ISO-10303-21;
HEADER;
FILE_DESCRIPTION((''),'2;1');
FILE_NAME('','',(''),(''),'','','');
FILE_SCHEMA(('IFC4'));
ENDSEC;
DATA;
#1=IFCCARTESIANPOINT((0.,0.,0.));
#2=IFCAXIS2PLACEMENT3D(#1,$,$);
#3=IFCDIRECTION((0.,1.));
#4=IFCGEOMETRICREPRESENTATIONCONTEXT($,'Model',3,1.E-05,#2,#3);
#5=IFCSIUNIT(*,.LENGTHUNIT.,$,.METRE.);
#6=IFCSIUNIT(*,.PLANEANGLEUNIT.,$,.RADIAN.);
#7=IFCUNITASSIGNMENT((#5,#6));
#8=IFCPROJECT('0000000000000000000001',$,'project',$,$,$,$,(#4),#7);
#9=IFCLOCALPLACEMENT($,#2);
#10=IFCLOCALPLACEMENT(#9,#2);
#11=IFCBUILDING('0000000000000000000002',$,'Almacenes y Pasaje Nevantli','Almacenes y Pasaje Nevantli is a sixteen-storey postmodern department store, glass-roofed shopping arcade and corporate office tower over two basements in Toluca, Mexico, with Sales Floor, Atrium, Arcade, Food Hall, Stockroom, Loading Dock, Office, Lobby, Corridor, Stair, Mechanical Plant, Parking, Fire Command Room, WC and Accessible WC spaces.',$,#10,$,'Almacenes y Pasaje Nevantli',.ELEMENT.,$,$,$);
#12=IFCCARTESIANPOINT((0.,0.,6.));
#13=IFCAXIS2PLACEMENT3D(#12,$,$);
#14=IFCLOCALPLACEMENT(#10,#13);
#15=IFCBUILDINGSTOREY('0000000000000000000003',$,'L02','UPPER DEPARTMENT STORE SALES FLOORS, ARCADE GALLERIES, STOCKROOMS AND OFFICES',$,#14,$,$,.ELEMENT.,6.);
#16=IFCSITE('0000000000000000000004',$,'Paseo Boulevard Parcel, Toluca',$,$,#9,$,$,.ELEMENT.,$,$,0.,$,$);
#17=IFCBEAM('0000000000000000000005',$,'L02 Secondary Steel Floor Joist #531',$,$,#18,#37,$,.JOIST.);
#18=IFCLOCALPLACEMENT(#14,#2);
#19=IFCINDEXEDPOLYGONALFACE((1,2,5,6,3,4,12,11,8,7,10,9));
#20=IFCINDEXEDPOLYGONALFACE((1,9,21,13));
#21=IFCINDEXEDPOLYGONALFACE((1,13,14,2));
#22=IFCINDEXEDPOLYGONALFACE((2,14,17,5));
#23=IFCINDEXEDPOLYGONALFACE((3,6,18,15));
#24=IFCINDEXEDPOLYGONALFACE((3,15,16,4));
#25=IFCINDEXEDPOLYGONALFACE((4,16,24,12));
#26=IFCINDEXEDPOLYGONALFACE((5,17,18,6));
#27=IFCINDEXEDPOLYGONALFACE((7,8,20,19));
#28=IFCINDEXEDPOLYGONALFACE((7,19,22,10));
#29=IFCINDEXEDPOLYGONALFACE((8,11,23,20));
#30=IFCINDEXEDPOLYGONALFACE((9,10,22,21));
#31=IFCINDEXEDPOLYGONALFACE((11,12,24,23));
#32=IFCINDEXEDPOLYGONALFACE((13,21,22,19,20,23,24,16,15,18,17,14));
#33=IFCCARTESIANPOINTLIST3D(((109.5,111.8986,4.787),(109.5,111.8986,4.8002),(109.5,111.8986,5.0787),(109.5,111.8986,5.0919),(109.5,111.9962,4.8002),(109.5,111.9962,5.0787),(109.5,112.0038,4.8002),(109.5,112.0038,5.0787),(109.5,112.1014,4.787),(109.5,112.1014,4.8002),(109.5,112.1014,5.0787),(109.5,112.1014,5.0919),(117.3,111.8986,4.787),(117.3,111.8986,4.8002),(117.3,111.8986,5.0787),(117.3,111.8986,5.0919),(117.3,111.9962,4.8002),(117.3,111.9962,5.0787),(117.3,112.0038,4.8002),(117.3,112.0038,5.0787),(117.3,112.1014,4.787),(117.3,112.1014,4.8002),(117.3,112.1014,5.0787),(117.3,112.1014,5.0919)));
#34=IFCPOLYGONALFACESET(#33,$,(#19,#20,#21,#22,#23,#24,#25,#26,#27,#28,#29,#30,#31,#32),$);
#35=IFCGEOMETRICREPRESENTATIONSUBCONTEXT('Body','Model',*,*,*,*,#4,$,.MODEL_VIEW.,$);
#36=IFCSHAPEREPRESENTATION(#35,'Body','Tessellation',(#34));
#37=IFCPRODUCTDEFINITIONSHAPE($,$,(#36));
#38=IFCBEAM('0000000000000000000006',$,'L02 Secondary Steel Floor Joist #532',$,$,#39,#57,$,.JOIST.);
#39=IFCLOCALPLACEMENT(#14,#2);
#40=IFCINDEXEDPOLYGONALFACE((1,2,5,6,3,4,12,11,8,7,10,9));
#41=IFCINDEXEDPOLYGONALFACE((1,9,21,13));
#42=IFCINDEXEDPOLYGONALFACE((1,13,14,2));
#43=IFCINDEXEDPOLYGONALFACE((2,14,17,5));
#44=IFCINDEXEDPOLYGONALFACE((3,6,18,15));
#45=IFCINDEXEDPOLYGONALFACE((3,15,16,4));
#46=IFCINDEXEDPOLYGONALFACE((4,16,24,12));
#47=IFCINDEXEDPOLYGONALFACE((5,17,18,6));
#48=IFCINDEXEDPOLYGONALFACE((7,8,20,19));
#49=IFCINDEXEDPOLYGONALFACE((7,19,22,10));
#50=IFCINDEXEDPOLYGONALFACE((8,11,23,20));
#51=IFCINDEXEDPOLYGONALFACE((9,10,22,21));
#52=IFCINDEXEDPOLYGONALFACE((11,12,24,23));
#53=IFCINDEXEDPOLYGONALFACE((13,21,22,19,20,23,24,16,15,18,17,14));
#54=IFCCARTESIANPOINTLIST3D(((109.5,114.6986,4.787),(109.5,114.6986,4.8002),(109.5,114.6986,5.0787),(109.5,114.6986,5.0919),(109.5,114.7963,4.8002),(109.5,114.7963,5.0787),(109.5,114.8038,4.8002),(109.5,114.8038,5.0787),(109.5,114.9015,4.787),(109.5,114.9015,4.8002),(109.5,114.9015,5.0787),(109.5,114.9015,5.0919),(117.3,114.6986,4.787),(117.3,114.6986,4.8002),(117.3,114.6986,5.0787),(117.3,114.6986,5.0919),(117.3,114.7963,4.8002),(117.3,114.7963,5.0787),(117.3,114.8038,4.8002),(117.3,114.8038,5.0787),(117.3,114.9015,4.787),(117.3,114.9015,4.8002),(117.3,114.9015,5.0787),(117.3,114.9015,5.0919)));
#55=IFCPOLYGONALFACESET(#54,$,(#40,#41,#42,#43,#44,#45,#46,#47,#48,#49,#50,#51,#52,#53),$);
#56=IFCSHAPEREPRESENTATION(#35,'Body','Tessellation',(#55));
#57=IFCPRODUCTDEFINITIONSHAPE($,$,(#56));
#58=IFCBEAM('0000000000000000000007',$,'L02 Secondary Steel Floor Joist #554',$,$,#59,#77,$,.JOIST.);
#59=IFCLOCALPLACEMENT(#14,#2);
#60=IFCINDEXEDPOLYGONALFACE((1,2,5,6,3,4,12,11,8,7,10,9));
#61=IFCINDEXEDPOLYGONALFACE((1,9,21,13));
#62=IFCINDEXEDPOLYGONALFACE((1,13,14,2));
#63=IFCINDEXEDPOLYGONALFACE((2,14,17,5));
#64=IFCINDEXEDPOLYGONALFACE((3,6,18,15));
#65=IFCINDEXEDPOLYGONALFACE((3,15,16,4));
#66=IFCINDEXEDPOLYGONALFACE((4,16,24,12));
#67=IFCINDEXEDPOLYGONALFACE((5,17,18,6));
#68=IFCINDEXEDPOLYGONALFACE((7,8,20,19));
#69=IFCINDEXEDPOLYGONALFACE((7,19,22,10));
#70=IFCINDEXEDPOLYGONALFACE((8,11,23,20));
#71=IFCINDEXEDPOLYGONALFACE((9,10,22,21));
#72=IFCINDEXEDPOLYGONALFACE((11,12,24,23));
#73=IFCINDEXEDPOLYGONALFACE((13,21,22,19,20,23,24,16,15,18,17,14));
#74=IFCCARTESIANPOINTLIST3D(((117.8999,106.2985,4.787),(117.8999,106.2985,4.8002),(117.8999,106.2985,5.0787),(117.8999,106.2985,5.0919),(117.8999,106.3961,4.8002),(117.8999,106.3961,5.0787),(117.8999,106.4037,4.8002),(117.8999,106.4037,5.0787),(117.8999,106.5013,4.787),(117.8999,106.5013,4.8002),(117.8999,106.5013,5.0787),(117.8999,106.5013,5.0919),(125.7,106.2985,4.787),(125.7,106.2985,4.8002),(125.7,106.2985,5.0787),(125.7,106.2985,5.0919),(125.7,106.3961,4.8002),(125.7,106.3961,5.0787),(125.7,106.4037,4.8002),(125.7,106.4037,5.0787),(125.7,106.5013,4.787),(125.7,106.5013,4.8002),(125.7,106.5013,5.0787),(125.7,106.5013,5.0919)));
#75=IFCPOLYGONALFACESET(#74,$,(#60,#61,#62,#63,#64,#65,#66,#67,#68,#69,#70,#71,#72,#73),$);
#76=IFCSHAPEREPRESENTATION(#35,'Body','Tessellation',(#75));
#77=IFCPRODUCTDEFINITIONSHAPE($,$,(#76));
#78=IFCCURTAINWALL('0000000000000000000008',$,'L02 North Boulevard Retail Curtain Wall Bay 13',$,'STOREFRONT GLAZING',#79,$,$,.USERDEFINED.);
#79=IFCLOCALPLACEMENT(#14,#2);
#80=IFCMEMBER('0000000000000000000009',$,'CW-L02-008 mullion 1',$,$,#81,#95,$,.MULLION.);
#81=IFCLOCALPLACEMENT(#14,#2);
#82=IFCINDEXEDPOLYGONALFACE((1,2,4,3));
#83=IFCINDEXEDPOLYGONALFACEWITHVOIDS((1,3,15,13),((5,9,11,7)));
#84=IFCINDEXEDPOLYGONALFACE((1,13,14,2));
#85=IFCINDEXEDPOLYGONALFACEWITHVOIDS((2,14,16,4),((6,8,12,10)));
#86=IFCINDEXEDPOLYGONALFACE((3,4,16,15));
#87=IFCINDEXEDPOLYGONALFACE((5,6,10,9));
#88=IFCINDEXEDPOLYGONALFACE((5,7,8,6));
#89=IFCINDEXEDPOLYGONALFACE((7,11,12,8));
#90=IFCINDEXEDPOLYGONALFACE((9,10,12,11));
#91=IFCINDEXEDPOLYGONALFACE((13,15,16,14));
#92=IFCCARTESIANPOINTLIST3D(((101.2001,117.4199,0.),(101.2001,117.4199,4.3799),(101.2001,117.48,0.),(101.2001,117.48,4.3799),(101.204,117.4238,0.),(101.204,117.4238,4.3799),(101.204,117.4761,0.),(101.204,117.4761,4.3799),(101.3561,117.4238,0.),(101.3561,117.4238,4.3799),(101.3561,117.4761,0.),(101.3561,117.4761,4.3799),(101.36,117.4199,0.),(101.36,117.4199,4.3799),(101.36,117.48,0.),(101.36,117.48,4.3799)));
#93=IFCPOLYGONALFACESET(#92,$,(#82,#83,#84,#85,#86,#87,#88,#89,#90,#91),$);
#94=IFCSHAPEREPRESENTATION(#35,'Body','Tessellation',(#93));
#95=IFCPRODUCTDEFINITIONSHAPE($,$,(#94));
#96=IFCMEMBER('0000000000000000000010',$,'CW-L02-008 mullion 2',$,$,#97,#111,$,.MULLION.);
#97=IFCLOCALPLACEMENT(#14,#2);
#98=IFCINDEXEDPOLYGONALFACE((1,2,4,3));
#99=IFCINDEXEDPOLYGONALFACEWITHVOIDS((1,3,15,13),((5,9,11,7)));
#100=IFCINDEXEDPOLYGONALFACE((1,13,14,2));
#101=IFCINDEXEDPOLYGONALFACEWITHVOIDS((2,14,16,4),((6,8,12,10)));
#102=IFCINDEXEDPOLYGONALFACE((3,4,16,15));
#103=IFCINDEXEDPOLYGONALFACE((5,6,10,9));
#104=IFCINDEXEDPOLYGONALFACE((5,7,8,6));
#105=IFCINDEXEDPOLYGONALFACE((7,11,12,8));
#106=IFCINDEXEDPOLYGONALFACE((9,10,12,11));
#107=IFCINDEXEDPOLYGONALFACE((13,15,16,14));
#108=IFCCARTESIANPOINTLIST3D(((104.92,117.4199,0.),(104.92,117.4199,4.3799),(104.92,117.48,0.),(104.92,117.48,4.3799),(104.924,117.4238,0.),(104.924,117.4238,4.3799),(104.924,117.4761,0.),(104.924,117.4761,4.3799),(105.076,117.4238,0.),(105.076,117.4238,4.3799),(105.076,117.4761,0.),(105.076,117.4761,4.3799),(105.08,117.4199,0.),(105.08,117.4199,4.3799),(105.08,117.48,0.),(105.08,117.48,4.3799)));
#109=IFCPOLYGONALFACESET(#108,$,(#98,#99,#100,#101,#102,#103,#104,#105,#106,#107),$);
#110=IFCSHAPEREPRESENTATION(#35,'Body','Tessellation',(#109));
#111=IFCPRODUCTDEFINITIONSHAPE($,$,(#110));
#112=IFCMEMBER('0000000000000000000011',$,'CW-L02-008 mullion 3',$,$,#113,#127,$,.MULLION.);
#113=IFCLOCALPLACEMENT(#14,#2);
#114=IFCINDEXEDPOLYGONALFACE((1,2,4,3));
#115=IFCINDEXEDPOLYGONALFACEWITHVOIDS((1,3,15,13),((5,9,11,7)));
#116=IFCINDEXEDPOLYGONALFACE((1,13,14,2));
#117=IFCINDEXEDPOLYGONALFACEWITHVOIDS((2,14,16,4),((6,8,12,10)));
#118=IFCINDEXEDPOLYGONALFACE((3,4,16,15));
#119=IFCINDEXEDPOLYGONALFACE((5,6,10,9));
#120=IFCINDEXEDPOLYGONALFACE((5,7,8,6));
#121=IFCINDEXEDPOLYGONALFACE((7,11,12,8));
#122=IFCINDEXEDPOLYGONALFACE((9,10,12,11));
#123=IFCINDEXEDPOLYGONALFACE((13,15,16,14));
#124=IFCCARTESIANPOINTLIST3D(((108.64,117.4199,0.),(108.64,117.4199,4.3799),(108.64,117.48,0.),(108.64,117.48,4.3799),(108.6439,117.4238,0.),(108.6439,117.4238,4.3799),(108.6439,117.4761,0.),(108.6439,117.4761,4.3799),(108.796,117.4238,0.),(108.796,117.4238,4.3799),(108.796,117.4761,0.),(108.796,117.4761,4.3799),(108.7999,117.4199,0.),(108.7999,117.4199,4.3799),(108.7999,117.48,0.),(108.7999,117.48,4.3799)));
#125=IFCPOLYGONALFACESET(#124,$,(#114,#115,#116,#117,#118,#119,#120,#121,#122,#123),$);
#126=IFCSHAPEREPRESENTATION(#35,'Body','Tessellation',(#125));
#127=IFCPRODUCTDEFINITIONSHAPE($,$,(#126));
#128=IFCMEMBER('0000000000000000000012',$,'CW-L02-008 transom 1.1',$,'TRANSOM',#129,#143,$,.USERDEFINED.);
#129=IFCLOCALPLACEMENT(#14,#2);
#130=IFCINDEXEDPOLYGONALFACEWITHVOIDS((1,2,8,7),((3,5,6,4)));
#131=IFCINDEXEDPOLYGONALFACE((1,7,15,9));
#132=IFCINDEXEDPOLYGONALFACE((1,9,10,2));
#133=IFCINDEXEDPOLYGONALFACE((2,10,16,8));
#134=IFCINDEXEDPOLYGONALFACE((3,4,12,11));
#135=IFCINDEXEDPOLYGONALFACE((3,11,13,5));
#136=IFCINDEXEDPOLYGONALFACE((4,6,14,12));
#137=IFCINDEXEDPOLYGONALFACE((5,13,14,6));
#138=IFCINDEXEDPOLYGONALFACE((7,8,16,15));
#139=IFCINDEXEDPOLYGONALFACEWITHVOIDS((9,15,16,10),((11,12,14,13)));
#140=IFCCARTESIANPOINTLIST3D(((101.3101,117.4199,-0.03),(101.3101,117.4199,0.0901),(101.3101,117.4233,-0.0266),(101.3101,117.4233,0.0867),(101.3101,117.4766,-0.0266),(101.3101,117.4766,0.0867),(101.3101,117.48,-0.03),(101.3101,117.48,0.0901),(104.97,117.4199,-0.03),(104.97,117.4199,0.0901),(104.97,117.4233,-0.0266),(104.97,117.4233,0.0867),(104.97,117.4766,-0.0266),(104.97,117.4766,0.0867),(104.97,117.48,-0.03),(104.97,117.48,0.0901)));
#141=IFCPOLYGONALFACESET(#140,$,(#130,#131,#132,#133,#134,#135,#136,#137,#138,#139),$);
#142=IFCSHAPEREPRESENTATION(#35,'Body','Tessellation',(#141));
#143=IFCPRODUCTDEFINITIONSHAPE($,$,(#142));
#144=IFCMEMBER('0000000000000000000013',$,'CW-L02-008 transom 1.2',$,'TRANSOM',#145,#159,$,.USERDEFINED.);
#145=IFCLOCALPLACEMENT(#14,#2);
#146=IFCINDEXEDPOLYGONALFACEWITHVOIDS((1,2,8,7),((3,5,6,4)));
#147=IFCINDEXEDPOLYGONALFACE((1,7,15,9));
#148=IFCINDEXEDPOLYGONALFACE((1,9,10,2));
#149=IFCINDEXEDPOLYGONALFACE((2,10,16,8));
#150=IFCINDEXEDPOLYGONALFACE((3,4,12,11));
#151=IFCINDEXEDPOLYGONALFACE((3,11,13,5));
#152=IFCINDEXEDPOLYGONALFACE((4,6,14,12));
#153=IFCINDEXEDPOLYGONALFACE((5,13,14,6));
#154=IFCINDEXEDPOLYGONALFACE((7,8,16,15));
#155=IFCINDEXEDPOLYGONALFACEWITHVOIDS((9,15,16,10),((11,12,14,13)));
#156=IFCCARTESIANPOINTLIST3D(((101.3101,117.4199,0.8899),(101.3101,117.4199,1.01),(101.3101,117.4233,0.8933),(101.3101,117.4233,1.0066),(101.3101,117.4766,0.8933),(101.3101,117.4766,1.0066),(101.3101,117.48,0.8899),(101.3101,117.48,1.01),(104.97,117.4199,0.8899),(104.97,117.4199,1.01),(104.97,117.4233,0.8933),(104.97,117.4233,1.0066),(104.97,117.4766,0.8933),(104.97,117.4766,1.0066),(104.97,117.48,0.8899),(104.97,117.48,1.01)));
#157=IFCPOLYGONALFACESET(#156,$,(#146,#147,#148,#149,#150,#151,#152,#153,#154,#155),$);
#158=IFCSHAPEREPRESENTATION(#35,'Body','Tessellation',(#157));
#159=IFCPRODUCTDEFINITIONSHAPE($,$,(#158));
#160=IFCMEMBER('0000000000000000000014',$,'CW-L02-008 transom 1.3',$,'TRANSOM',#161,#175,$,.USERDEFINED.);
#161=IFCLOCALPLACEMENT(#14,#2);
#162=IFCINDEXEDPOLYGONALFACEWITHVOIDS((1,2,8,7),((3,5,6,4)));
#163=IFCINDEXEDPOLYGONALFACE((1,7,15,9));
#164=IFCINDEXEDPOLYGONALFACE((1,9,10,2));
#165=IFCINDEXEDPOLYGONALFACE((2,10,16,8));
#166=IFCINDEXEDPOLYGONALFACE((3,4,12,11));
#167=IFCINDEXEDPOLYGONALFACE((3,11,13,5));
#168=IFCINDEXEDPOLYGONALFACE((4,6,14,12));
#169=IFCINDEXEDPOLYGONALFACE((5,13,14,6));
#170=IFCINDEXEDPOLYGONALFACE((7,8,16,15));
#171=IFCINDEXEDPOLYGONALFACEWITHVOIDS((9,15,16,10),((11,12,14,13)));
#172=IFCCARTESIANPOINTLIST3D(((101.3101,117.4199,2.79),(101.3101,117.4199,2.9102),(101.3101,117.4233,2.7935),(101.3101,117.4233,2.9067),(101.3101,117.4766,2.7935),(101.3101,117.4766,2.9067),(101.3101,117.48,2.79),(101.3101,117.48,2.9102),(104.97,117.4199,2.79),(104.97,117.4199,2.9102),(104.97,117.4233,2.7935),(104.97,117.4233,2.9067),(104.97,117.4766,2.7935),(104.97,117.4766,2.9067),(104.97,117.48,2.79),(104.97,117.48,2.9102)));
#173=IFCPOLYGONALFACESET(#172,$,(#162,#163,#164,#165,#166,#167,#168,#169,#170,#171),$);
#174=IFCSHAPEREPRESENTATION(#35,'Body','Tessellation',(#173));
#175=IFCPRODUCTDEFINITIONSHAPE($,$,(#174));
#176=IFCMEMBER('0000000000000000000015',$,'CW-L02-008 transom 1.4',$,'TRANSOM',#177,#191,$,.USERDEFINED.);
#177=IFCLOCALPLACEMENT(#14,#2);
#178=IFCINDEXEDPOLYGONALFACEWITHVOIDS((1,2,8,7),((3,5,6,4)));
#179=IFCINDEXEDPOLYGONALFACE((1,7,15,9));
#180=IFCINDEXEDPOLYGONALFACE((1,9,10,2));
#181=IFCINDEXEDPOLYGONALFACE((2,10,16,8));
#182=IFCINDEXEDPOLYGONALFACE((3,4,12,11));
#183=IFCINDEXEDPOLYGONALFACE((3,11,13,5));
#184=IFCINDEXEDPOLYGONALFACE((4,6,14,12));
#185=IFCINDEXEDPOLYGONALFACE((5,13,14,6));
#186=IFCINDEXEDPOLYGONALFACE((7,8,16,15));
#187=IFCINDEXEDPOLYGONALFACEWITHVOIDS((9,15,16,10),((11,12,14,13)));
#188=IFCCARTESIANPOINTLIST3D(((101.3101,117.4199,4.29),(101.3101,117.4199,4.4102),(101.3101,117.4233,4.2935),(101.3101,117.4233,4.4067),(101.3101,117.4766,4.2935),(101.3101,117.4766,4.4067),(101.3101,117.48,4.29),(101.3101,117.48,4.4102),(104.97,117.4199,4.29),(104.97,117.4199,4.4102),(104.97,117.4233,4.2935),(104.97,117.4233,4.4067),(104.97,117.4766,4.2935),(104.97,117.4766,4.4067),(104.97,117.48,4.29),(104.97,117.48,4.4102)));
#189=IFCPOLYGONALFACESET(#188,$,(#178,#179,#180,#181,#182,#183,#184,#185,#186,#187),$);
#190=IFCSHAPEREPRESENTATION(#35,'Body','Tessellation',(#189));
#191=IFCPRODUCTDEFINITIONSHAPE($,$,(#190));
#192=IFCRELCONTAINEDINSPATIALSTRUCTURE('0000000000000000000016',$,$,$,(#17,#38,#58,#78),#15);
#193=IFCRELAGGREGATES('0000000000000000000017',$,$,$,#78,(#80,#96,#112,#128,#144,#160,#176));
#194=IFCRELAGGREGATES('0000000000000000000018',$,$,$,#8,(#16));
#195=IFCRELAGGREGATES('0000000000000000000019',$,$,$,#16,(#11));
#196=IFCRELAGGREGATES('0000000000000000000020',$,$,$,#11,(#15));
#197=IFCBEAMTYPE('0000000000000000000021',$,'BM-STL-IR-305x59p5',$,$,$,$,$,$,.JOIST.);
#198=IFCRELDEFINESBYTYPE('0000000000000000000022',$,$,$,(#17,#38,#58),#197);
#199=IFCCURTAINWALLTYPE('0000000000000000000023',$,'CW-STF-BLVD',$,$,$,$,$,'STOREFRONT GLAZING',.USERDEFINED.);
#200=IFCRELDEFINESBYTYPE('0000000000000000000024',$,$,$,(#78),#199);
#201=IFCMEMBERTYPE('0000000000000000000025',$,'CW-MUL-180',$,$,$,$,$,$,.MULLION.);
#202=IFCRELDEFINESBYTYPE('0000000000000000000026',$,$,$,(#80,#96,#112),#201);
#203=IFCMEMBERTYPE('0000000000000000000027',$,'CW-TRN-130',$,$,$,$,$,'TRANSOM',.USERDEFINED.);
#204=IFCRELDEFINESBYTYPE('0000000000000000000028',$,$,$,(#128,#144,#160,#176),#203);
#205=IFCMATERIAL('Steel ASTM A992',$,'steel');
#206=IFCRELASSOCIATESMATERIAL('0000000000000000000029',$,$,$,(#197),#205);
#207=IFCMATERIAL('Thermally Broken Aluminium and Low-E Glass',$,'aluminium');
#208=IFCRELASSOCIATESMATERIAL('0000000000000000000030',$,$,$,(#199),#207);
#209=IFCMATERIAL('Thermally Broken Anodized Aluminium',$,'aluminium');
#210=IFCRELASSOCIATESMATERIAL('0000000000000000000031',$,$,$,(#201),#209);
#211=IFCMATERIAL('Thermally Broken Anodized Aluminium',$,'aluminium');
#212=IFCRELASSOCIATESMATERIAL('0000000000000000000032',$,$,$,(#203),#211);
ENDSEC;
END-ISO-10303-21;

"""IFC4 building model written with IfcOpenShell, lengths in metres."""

from ifc_helpers import new_model, si_unit, direction, frame, origin, origin_2d, place, context, subcontext, project, spatial, hollow_rectangle, i_section, extrude, material, material_profile, profile_set, type_object, element, aggregate, save


model = new_model("IFC4")

# Units and contexts
model_context = context("Model", 3, precision=1e-05, world=origin(), true_north=direction((0.0, 1.0)))
body_context = subcontext(model_context, "Body", "Model", "MODEL_VIEW")
ifc_project = project(units=[si_unit("LENGTHUNIT", "METRE"), si_unit("PLANEANGLEUNIT", "RADIAN")], contexts=[model_context])

# Site, building, storey
site_placement = place(None, origin())
site = spatial("IfcSite", under=ifc_project, at=site_placement, Name="Paseo Boulevard Parcel, Toluca", CompositionType="ELEMENT", RefElevation=0.0)
building_placement = place(site_placement, origin())
building = spatial("IfcBuilding", under=site, at=building_placement, Name="Almacenes y Pasaje Nevantli", Description="Almacenes y Pasaje Nevantli is a sixteen-storey postmodern department store, glass-roofed shopping arcade and corporate office tower over two basements in Toluca, Mexico, with Sales Floor, Atrium, Arcade, Food Hall, Stockroom, Loading Dock, Office, Lobby, Corridor, Stair, Mechanical Plant, Parking, Fire Command Room, WC and Accessible WC spaces.", LongName="Almacenes y Pasaje Nevantli", CompositionType="ELEMENT")
storey_placement = place(building_placement, frame((0.0, 0.0, 6.0)))
storey = spatial("IfcBuildingStorey", under=building, at=storey_placement, Name="L02", Description="UPPER DEPARTMENT STORE SALES FLOORS, ARCADE GALLERIES, STOCKROOMS AND OFFICES", CompositionType="ELEMENT", Elevation=6.0)

# Beams
ifc_material_1 = material(Name="Steel ASTM A992", Category="steel")
ifc_material_profile_1 = material_profile(ifc_material_1, i_section(OverallWidth=0.2029, OverallDepth=0.3049, WebThickness=0.0076, FlangeThickness=0.0132, at=origin_2d()), Name="IR 305x59.5")
ifc_profile_set_1 = profile_set([ifc_material_profile_1], Name="Steel ASTM A992")
beam_type_1 = type_object("IfcBeamType", Name="BM-STL-IR-305x59p5", PredefinedType="JOIST", material=ifc_profile_set_1)
for number, where, z_axis, x_axis, name in (
    (1, (109.5, 112.0, 4.9395), (1.0, 0.0, 0.0), (0.0, 1.0, 0.0), "L02 Secondary Steel Floor Joist #531"),
    (2, (109.5, 114.8, 4.9395), (1.0, 0.0, 0.0), (0.0, 1.0, 0.0), "L02 Secondary Steel Floor Joist #532"),
    (3, (117.8999, 106.3999, 4.9395), (1.0, 0.0, 0.0), (0.0, 1.0, 0.0), "L02 Secondary Steel Floor Joist #554"),
):
    element("IfcBeam", number, at=place(storey_placement, frame(where, z_axis=z_axis, x_axis=x_axis)), inside=storey, type_object=beam_type_1, Name=name, PredefinedType="JOIST", context=body_context, shape_type="SweptSolid", body=[
        extrude(i_section(OverallWidth=0.2029, OverallDepth=0.3049, WebThickness=0.0076, FlangeThickness=0.0132, at=origin_2d()), origin(), (0.0, 0.0, 1.0), 7.8),
    ])

# Curtain wall, members
ifc_material_2 = material(Name="Thermally Broken Aluminium and Low-E Glass", Category="aluminium")
curtain_wall_type = type_object("IfcCurtainWallType", Name="CW-STF-BLVD", ElementType="STOREFRONT GLAZING", PredefinedType="USERDEFINED", material=ifc_material_2)
curtain_wall_placement = place(storey_placement, origin())
curtain_wall = element("IfcCurtainWall", 4, at=curtain_wall_placement, inside=storey, type_object=curtain_wall_type, Name="L02 North Boulevard Retail Curtain Wall Bay 13", ObjectType="STOREFRONT GLAZING", PredefinedType="USERDEFINED")
ifc_material_3 = material(Name="Thermally Broken Anodized Aluminium", Category="aluminium")
ifc_material_profile_2 = material_profile(ifc_material_3, hollow_rectangle(XDim=0.0601, YDim=0.1599, WallThickness=0.0039, at=origin_2d()), Name="ALU-MUL-60x160")
ifc_profile_set_2 = profile_set([ifc_material_profile_2], Name="Thermally Broken Anodized Aluminium")
member_type_1 = type_object("IfcMemberType", Name="CW-MUL-180", PredefinedType="MULLION", material=ifc_profile_set_2)
member_1_placement = place(storey_placement, frame((101.28, 117.45, 0.0), z_axis=(0.0, 0.0, 1.0), x_axis=(0.0, 1.0, 0.0)))
member_1 = element("IfcMember", 5, at=member_1_placement, type_object=member_type_1, Name="CW-L02-008 mullion 1", PredefinedType="MULLION", context=body_context, shape_type="SweptSolid", body=[
    extrude(hollow_rectangle(XDim=0.0601, YDim=0.1599, WallThickness=0.0039, at=origin_2d()), origin(), (0.0, 0.0, 1.0), 4.3799),
])
member_2_placement = place(storey_placement, frame((105.0, 117.45, 0.0), z_axis=(0.0, 0.0, 1.0), x_axis=(0.0, 1.0, 0.0)))
member_2 = element("IfcMember", 6, at=member_2_placement, type_object=member_type_1, Name="CW-L02-008 mullion 2", PredefinedType="MULLION", context=body_context, shape_type="SweptSolid", body=[
    extrude(hollow_rectangle(XDim=0.0601, YDim=0.1599, WallThickness=0.0039, at=origin_2d()), origin(), (0.0, 0.0, 1.0), 4.3799),
])
member_3_placement = place(storey_placement, frame((108.72, 117.45, 0.0), z_axis=(0.0, 0.0, 1.0), x_axis=(0.0, 1.0, 0.0)))
member_3 = element("IfcMember", 7, at=member_3_placement, type_object=member_type_1, Name="CW-L02-008 mullion 3", PredefinedType="MULLION", context=body_context, shape_type="SweptSolid", body=[
    extrude(hollow_rectangle(XDim=0.0601, YDim=0.1599, WallThickness=0.0039, at=origin_2d()), origin(), (0.0, 0.0, 1.0), 4.3799),
])
ifc_material_4 = material(Name="Thermally Broken Anodized Aluminium", Category="aluminium")
ifc_material_profile_3 = material_profile(ifc_material_4, hollow_rectangle(XDim=0.0601, YDim=0.1201, WallThickness=0.0034, at=origin_2d()), Name="ALU-TRN-60x120")
ifc_profile_set_3 = profile_set([ifc_material_profile_3], Name="Thermally Broken Anodized Aluminium")
member_type_2 = type_object("IfcMemberType", Name="CW-TRN-130", ElementType="TRANSOM", PredefinedType="USERDEFINED", material=ifc_profile_set_3)
member_4_placement = place(storey_placement, frame((101.3101, 117.45, 0.03), z_axis=(1.0, 0.0, 0.0), x_axis=(0.0, 1.0, 0.0)))
member_4 = element("IfcMember", 8, at=member_4_placement, type_object=member_type_2, Name="CW-L02-008 transom 1.1", ObjectType="TRANSOM", PredefinedType="USERDEFINED", context=body_context, shape_type="SweptSolid", body=[
    extrude(hollow_rectangle(XDim=0.0601, YDim=0.1201, WallThickness=0.0034, at=origin_2d()), origin(), (0.0, 0.0, 1.0), 3.6599),
])
member_5_placement = place(storey_placement, frame((101.3101, 117.45, 0.95), z_axis=(1.0, 0.0, 0.0), x_axis=(0.0, 1.0, 0.0)))
member_5 = element("IfcMember", 9, at=member_5_placement, type_object=member_type_2, Name="CW-L02-008 transom 1.2", ObjectType="TRANSOM", PredefinedType="USERDEFINED", context=body_context, shape_type="SweptSolid", body=[
    extrude(hollow_rectangle(XDim=0.0601, YDim=0.1201, WallThickness=0.0034, at=origin_2d()), origin(), (0.0, 0.0, 1.0), 3.6599),
])
member_6_placement = place(storey_placement, frame((101.3101, 117.45, 2.8501), z_axis=(1.0, 0.0, 0.0), x_axis=(0.0, 1.0, 0.0)))
member_6 = element("IfcMember", 10, at=member_6_placement, type_object=member_type_2, Name="CW-L02-008 transom 1.3", ObjectType="TRANSOM", PredefinedType="USERDEFINED", context=body_context, shape_type="SweptSolid", body=[
    extrude(hollow_rectangle(XDim=0.0601, YDim=0.1201, WallThickness=0.0034, at=origin_2d()), origin(), (0.0, 0.0, 1.0), 3.6599),
])
member_7_placement = place(storey_placement, frame((101.3101, 117.45, 4.3501), z_axis=(1.0, 0.0, 0.0), x_axis=(0.0, 1.0, 0.0)))
member_7 = element("IfcMember", 11, at=member_7_placement, type_object=member_type_2, Name="CW-L02-008 transom 1.4", ObjectType="TRANSOM", PredefinedType="USERDEFINED", context=body_context, shape_type="SweptSolid", body=[
    extrude(hollow_rectangle(XDim=0.0601, YDim=0.1201, WallThickness=0.0034, at=origin_2d()), origin(), (0.0, 0.0, 1.0), 3.6599),
])
aggregate(curtain_wall, [member_1, member_2, member_3, member_4, member_5, member_6, member_7])

save(model, "model.ifc")
